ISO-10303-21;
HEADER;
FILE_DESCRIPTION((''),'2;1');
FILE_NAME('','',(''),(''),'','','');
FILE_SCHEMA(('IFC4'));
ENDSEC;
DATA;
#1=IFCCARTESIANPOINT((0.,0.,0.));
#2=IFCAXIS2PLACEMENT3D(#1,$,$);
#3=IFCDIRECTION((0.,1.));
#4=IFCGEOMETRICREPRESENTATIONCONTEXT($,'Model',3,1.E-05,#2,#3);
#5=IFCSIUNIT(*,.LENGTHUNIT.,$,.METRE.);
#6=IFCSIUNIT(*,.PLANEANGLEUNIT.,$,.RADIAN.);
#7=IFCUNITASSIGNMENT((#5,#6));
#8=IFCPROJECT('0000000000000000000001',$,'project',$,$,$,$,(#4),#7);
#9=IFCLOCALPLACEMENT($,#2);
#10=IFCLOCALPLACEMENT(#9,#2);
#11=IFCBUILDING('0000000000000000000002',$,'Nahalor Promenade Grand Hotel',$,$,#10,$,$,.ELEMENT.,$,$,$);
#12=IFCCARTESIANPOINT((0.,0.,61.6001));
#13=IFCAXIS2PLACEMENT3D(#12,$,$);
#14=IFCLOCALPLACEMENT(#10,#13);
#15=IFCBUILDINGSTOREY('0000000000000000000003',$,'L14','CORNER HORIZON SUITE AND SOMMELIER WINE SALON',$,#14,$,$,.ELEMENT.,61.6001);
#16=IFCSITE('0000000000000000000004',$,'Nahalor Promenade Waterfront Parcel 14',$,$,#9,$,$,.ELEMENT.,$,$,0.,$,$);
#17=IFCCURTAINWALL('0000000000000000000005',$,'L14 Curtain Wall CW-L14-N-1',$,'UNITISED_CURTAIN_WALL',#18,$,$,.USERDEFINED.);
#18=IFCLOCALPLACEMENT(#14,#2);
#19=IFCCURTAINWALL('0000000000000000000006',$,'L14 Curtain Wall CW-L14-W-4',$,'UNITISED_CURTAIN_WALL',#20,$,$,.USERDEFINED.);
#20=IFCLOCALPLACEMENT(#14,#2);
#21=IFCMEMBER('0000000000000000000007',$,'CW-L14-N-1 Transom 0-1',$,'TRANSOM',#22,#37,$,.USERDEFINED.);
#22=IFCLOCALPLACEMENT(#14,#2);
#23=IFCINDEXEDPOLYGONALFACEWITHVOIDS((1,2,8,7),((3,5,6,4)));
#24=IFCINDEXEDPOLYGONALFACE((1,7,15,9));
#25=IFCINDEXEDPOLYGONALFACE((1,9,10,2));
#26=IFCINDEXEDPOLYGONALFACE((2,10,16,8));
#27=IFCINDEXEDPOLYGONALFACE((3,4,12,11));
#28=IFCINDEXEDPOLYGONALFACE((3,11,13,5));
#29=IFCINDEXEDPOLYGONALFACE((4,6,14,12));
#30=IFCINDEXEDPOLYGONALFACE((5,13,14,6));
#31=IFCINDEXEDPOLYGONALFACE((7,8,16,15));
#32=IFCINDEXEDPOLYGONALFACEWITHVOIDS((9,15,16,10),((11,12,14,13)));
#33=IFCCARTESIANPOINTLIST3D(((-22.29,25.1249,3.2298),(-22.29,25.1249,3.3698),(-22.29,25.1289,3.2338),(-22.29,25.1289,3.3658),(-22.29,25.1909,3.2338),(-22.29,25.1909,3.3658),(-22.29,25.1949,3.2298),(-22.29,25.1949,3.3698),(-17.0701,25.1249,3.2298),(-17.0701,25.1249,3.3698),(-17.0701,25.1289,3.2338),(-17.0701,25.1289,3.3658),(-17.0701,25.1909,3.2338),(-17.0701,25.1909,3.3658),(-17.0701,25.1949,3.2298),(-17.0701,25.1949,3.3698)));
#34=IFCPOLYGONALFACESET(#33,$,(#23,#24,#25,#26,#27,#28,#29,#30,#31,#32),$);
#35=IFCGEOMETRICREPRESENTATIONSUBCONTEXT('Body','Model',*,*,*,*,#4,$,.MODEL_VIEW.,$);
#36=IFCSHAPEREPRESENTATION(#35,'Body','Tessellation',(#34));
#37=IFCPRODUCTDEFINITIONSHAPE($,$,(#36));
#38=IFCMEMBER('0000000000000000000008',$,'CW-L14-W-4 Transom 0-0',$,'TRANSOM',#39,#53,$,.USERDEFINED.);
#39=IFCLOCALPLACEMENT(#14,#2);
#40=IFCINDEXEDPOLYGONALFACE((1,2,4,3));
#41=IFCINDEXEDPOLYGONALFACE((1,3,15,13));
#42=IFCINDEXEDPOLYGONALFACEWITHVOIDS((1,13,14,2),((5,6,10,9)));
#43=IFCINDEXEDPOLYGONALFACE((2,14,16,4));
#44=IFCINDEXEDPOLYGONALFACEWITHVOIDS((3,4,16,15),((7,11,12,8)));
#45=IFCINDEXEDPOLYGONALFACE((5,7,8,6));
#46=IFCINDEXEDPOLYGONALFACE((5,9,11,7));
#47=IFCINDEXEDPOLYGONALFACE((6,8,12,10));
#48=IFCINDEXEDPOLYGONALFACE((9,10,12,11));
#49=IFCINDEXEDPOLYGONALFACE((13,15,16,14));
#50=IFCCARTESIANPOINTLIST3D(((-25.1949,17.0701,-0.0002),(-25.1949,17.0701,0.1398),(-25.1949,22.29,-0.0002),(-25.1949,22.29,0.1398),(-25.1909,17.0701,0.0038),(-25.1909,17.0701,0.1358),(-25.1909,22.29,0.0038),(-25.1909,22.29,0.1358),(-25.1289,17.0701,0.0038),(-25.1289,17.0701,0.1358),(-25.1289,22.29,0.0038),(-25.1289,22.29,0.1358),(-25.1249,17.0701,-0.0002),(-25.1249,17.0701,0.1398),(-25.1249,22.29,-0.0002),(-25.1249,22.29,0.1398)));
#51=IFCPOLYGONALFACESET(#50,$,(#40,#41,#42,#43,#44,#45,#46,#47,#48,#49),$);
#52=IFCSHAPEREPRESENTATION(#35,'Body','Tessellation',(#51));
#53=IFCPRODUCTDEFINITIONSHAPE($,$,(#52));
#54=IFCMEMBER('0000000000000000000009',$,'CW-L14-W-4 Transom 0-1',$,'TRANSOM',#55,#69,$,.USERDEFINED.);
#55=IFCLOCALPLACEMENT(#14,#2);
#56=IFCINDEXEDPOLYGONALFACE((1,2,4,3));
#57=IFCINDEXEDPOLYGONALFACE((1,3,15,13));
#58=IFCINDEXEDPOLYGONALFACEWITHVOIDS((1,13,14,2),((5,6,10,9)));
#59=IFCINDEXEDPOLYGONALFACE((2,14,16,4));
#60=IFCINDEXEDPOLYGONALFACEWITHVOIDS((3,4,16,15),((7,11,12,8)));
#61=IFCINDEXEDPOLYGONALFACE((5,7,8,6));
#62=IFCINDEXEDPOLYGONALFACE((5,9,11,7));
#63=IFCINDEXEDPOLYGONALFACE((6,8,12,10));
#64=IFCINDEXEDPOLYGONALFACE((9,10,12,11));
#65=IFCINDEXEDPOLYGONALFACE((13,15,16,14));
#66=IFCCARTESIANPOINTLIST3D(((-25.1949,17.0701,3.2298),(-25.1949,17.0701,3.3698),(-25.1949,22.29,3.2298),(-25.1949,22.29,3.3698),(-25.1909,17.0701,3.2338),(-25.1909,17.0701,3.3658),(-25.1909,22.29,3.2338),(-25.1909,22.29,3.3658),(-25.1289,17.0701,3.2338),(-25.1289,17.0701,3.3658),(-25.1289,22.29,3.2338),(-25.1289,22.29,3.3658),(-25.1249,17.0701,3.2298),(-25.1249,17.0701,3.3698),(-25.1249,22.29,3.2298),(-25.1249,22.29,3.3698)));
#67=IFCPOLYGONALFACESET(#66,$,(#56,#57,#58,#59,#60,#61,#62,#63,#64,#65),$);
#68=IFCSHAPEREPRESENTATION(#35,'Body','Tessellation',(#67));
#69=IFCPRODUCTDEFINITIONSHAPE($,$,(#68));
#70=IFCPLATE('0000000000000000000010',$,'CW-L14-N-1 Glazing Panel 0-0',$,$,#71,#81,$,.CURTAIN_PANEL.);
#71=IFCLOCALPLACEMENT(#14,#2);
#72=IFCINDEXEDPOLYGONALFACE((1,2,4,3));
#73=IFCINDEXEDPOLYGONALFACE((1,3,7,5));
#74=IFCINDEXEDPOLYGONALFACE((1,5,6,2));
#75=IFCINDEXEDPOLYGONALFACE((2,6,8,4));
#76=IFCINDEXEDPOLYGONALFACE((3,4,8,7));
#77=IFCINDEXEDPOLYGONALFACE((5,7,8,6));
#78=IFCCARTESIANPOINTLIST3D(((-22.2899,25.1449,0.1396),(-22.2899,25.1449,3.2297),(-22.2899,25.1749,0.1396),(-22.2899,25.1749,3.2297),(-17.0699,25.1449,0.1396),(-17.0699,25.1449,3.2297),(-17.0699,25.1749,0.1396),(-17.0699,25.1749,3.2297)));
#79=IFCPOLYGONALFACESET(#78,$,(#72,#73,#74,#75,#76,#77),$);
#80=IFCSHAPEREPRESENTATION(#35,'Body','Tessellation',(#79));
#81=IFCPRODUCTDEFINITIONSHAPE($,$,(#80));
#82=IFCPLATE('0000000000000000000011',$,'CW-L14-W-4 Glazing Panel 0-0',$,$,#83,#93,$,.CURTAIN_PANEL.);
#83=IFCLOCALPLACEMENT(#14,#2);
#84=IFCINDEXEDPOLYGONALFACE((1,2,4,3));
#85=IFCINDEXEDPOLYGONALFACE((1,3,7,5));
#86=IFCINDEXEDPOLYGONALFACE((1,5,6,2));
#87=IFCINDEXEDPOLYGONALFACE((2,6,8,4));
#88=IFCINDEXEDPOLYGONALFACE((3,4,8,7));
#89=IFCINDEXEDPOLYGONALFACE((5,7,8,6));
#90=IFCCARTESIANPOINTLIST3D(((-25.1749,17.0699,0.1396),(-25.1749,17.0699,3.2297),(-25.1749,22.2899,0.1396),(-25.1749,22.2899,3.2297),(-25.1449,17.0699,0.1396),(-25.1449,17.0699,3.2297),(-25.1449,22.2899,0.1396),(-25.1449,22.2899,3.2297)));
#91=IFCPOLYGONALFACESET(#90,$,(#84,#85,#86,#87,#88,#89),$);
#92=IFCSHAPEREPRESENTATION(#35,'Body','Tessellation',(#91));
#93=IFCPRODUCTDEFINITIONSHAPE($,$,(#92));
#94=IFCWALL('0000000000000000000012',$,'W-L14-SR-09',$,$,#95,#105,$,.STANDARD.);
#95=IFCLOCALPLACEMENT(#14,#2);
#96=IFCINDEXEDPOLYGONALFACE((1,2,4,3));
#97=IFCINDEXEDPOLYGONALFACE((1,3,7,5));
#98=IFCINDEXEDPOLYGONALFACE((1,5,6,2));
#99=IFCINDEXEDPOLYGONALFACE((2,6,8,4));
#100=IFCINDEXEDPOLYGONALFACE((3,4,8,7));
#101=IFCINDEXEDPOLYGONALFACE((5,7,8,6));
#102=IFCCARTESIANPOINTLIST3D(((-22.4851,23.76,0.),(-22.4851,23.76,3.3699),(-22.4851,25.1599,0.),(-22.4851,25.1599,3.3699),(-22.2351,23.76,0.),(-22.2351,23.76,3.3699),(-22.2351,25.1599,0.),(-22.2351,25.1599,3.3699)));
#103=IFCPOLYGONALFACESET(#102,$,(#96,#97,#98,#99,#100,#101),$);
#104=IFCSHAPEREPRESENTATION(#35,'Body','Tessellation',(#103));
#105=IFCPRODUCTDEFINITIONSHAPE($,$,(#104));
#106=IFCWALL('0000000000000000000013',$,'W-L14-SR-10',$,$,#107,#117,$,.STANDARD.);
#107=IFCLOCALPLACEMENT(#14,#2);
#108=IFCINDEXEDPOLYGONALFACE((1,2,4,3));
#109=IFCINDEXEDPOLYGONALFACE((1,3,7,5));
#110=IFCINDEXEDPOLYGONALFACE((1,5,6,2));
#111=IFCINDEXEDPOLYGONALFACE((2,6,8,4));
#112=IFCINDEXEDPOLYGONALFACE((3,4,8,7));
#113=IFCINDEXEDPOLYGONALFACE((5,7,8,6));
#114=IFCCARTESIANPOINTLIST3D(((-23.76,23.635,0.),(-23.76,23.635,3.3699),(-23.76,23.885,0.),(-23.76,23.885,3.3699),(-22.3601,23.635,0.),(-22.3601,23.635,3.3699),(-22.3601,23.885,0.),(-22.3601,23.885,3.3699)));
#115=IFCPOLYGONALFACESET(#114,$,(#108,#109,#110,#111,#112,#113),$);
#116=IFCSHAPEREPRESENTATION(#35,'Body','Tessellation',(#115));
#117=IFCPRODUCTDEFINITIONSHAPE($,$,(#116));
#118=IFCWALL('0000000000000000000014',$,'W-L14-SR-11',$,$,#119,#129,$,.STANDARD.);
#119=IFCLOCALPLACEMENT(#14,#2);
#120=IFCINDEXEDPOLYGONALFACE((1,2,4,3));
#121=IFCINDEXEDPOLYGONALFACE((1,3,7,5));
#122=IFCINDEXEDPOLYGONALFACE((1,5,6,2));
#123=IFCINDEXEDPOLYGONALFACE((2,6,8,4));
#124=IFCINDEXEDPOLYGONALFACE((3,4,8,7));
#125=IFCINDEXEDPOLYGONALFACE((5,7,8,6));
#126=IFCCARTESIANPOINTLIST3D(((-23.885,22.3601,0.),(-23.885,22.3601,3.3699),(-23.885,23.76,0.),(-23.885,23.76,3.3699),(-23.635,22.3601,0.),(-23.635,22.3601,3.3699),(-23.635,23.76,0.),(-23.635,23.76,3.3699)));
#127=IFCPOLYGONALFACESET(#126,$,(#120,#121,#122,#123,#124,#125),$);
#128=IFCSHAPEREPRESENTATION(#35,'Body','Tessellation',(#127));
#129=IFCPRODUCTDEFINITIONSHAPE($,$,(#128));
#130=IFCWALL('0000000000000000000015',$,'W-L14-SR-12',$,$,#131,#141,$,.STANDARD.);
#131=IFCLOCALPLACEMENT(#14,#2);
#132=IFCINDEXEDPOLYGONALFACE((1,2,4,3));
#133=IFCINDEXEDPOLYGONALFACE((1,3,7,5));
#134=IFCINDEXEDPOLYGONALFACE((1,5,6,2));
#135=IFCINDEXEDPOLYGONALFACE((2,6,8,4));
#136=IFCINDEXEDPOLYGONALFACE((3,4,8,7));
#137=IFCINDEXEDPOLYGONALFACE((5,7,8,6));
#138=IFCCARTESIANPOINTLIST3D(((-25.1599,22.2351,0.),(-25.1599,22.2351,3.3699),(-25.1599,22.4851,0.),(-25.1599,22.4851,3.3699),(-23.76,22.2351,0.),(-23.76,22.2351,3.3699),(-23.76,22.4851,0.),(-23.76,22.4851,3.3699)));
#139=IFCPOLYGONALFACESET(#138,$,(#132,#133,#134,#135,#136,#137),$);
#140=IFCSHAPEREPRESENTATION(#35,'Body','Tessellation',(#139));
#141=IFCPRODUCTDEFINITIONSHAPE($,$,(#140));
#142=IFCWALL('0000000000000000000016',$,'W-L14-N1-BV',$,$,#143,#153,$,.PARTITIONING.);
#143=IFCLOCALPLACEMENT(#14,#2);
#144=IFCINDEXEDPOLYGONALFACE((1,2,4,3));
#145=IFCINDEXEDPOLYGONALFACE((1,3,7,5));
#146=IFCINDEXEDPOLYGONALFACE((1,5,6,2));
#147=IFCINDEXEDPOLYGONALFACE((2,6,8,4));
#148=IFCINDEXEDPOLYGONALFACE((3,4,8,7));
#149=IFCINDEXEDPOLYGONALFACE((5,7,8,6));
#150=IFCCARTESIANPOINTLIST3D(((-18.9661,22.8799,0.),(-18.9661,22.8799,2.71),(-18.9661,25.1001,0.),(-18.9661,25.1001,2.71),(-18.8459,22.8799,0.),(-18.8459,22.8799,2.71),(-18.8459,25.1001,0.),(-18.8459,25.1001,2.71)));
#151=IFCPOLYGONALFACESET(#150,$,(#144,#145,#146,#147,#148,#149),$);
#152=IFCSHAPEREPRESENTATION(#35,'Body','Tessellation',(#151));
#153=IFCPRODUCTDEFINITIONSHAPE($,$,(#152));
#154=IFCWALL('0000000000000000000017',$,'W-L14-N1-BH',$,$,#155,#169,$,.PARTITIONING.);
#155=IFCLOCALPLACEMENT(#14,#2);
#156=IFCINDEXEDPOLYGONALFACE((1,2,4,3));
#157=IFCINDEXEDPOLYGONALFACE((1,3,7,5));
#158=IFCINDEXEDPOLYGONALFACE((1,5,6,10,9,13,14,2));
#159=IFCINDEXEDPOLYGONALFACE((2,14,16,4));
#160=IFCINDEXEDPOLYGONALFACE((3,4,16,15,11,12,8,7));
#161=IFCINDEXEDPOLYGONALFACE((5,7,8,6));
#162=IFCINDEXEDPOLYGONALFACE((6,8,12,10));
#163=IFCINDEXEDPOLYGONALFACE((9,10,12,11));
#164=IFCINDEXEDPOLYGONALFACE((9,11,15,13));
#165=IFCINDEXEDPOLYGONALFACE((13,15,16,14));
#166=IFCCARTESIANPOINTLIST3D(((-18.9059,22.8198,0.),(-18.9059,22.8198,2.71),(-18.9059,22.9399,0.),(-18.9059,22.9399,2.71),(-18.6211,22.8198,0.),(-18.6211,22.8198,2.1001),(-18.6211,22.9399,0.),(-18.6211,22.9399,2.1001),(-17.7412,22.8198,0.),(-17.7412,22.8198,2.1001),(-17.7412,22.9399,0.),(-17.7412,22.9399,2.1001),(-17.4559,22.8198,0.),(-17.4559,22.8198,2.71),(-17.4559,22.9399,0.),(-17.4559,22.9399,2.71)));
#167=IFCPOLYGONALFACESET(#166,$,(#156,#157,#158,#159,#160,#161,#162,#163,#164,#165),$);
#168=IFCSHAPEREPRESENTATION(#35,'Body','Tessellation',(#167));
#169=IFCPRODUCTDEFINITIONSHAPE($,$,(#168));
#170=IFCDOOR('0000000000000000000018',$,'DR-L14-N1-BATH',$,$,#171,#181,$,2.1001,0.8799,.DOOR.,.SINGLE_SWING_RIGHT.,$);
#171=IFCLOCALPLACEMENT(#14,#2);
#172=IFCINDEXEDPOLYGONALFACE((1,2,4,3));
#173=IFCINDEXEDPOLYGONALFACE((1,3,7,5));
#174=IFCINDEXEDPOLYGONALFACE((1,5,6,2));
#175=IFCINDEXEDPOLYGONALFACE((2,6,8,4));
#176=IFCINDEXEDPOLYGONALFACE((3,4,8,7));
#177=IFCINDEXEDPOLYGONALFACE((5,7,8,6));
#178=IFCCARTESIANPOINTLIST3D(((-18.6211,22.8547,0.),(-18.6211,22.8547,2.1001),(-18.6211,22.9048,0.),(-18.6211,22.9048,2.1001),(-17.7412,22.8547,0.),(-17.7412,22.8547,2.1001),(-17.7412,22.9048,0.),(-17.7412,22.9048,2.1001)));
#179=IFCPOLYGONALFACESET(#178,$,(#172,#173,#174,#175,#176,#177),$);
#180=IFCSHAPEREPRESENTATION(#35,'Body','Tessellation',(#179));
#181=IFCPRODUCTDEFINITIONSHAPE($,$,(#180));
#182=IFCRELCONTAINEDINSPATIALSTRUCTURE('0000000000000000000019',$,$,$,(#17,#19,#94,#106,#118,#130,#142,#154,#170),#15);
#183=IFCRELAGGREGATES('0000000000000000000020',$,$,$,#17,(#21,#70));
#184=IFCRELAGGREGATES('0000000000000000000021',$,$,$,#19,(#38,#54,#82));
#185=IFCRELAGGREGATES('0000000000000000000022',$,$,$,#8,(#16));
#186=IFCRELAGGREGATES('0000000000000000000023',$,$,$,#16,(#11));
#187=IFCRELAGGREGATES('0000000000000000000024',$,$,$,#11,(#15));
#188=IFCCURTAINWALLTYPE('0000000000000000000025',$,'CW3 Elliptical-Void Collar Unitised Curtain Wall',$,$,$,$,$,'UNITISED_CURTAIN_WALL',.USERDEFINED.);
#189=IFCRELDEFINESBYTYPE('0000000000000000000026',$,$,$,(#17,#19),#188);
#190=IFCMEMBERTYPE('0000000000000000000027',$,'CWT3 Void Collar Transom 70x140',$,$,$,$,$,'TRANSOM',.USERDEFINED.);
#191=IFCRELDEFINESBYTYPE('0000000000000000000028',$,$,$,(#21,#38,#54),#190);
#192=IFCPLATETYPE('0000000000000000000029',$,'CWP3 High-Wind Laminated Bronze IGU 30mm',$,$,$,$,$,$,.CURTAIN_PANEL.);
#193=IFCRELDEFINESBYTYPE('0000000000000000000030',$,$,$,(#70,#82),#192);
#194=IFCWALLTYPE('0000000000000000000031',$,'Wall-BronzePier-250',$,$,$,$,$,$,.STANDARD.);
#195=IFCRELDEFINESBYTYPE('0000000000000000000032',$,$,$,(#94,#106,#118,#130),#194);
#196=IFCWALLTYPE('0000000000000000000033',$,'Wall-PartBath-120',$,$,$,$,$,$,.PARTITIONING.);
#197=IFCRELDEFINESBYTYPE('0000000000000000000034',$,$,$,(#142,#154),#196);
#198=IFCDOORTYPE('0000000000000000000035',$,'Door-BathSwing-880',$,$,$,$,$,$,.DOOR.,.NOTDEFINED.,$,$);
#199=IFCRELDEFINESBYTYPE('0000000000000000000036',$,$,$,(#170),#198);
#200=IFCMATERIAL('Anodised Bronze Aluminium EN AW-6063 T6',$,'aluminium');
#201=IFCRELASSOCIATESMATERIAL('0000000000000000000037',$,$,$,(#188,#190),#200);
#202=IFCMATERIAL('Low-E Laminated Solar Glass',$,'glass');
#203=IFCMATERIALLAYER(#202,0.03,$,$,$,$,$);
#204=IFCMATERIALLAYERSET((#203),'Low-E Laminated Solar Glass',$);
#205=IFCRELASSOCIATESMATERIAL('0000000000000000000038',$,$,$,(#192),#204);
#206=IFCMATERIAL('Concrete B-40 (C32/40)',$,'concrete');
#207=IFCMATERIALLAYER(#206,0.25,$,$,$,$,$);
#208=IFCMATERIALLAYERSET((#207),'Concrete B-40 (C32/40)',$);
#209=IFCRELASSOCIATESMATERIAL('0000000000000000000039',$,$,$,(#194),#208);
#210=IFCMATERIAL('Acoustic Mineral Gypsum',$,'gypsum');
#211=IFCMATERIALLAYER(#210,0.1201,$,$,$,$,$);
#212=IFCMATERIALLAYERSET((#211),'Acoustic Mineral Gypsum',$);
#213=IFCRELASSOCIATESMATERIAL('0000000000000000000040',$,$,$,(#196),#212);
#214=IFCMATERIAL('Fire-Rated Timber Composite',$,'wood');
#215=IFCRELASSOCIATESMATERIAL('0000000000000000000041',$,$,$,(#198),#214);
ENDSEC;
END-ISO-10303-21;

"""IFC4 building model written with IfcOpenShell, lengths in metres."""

from ifc_helpers import new_model, si_unit, direction, frame, frame_2d, origin, origin_2d, place, context, subcontext, project, spatial, rectangle, hollow_rectangle, extrude, source, transform, mapped, material, layer, layer_set, material_profile, profile_set, type_object, element, fill, aggregate, save


model = new_model("IFC4")

# Units and contexts
model_context = context("Model", 3, precision=1e-05, world=origin(), true_north=direction((0.0, 1.0)))
body_context = subcontext(model_context, "Body", "Model", "MODEL_VIEW")
ifc_project = project(units=[si_unit("LENGTHUNIT", "METRE"), si_unit("PLANEANGLEUNIT", "RADIAN")], contexts=[model_context])

# Site, building, storey
site_placement = place(None, origin())
site = spatial("IfcSite", under=ifc_project, at=site_placement, Name="Nahalor Promenade Waterfront Parcel 14", CompositionType="ELEMENT", RefElevation=0.0)
building_placement = place(site_placement, origin())
building = spatial("IfcBuilding", under=site, at=building_placement, Name="Nahalor Promenade Grand Hotel", CompositionType="ELEMENT")
storey_placement = place(building_placement, frame((0.0, 0.0, 61.6001)))
storey = spatial("IfcBuildingStorey", under=building, at=storey_placement, Name="L14", Description="CORNER HORIZON SUITE AND SOMMELIER WINE SALON", CompositionType="ELEMENT", Elevation=61.6001)

# Curtain walls
ifc_material_1 = material(Name="Anodised Bronze Aluminium EN AW-6063 T6", Category="aluminium")
curtain_wall_type = type_object("IfcCurtainWallType", Name="CW3 Elliptical-Void Collar Unitised Curtain Wall", ElementType="UNITISED_CURTAIN_WALL", PredefinedType="USERDEFINED", material=ifc_material_1)
curtain_wall_1_placement = place(storey_placement, origin())
curtain_wall_1 = element("IfcCurtainWall", 1, at=curtain_wall_1_placement, inside=storey, type_object=curtain_wall_type, Name="L14 Curtain Wall CW-L14-N-1", ObjectType="UNITISED_CURTAIN_WALL", PredefinedType="USERDEFINED")
curtain_wall_2_placement = place(storey_placement, origin())
curtain_wall_2 = element("IfcCurtainWall", 2, at=curtain_wall_2_placement, inside=storey, type_object=curtain_wall_type, Name="L14 Curtain Wall CW-L14-W-4", ObjectType="UNITISED_CURTAIN_WALL", PredefinedType="USERDEFINED")

# Members
ifc_material_profile_1 = material_profile(ifc_material_1, hollow_rectangle(XDim=0.07, YDim=0.14, WallThickness=0.004, at=origin_2d()), Name="CWT 70x140x4")
ifc_profile_set_1 = profile_set([ifc_material_profile_1], Name="Anodised Bronze Aluminium EN AW-6063 T6")
member_type_1 = type_object("IfcMemberType", Name="CWT3 Void Collar Transom 70x140", ElementType="TRANSOM", PredefinedType="USERDEFINED", material=ifc_profile_set_1)
shared_shape_1 = source(origin(), body_context, "Body", "SweptSolid", [
    extrude(hollow_rectangle(XDim=0.07, YDim=0.14, WallThickness=0.004, at=origin_2d()), origin(), (0.0, 0.0, 1.0), 5.22),
])
member_1_placement = place(storey_placement, frame((-22.29, 25.1599, 3.2998), z_axis=(1.0, 0.0, 0.0), x_axis=(0.0, 1.0, 0.0)))
member_1 = element("IfcMember", 3, at=member_1_placement, type_object=member_type_1, Name="CW-L14-N-1 Transom 0-1", ObjectType="TRANSOM", PredefinedType="USERDEFINED", context=body_context, shape_type="MappedRepresentation", body=[
    mapped(shared_shape_1, transform((0.0, 0.0, 0.0), scale=1.0)),
])
member_2_placement = place(storey_placement, frame((-25.1599, 17.0701, 0.0698), z_axis=(0.0, 1.0, 0.0), x_axis=(-1.0, 0.0, 0.0)))
member_2 = element("IfcMember", 4, at=member_2_placement, type_object=member_type_1, Name="CW-L14-W-4 Transom 0-0", ObjectType="TRANSOM", PredefinedType="USERDEFINED", context=body_context, shape_type="MappedRepresentation", body=[
    mapped(shared_shape_1, transform((0.0, 0.0, 0.0), scale=1.0)),
])
member_3_placement = place(storey_placement, frame((-25.1599, 17.0701, 3.2998), z_axis=(0.0, 1.0, 0.0), x_axis=(-1.0, 0.0, 0.0)))
member_3 = element("IfcMember", 5, at=member_3_placement, type_object=member_type_1, Name="CW-L14-W-4 Transom 0-1", ObjectType="TRANSOM", PredefinedType="USERDEFINED", context=body_context, shape_type="MappedRepresentation", body=[
    mapped(shared_shape_1, transform((0.0, 0.0, 0.0), scale=1.0)),
])

# Plates
ifc_material_2 = material(Name="Low-E Laminated Solar Glass", Category="glass")
ifc_layer_1 = layer(ifc_material_2, 0.03)
ifc_layer_set_1 = layer_set([ifc_layer_1], Name="Low-E Laminated Solar Glass")
plate_type = type_object("IfcPlateType", Name="CWP3 High-Wind Laminated Bronze IGU 30mm", PredefinedType="CURTAIN_PANEL", material=ifc_layer_set_1)
shared_shape_2 = source(origin(), body_context, "Body", "SweptSolid", [
    extrude(rectangle(XDim=5.22, YDim=0.03, at=origin_2d()), origin(), (0.0, 0.0, 1.0), 3.0901),
])
plate_1_placement = place(storey_placement, frame((-19.6799, 25.1599, 0.1396), z_axis=(0.0, 0.0, 1.0), x_axis=(1.0, 0.0, 0.0)))
plate_1 = element("IfcPlate", 6, at=plate_1_placement, type_object=plate_type, Name="CW-L14-N-1 Glazing Panel 0-0", PredefinedType="CURTAIN_PANEL", context=body_context, shape_type="MappedRepresentation", body=[
    mapped(shared_shape_2, transform((0.0, 0.0, 0.0), scale=1.0)),
])
aggregate(curtain_wall_1, [member_1, plate_1])
plate_2_placement = place(storey_placement, frame((-25.1599, 19.6799, 0.1396), z_axis=(0.0, 0.0, 1.0), x_axis=(0.0, 1.0, 0.0)))
plate_2 = element("IfcPlate", 7, at=plate_2_placement, type_object=plate_type, Name="CW-L14-W-4 Glazing Panel 0-0", PredefinedType="CURTAIN_PANEL", context=body_context, shape_type="MappedRepresentation", body=[
    mapped(shared_shape_2, transform((0.0, 0.0, 0.0), scale=1.0)),
])
aggregate(curtain_wall_2, [member_2, member_3, plate_2])

# Walls
ifc_material_3 = material(Name="Concrete B-40 (C32/40)", Category="concrete")
ifc_layer_2 = layer(ifc_material_3, 0.25)
ifc_layer_set_2 = layer_set([ifc_layer_2], Name="Concrete B-40 (C32/40)")
wall_type_1 = type_object("IfcWallType", Name="Wall-BronzePier-250", PredefinedType="STANDARD", material=ifc_layer_set_2)
shared_shape_3 = source(origin(), body_context, "Body", "SweptSolid", [
    extrude(rectangle(XDim=1.3999, YDim=0.25, at=frame_2d((0.7, 0.0))), origin(), (0.0, 0.0, 1.0), 3.3699),
])
for number, where, z_axis, x_axis, name in (
    (8, (-22.3601, 23.76, 0.0), (0.0, 0.0, 1.0), (0.0, 1.0, 0.0), "W-L14-SR-09"),
    (9, (-23.76, 23.76, 0.0), (0.0, 0.0, 1.0), (1.0, 0.0, 0.0), "W-L14-SR-10"),
    (10, (-23.76, 22.3601, 0.0), (0.0, 0.0, 1.0), (0.0, 1.0, 0.0), "W-L14-SR-11"),
    (11, (-25.1599, 22.3601, 0.0), (0.0, 0.0, 1.0), (1.0, 0.0, 0.0), "W-L14-SR-12"),
):
    element("IfcWall", number, at=place(storey_placement, frame(where, z_axis=z_axis, x_axis=x_axis)), inside=storey, type_object=wall_type_1, Name=name, PredefinedType="STANDARD", context=body_context, shape_type="MappedRepresentation", body=[
        mapped(shared_shape_3, transform((0.0, 0.0, 0.0), scale=1.0)),
    ])
ifc_material_4 = material(Name="Acoustic Mineral Gypsum", Category="gypsum")
ifc_layer_3 = layer(ifc_material_4, 0.1201)
ifc_layer_set_3 = layer_set([ifc_layer_3], Name="Acoustic Mineral Gypsum")
wall_type_2 = type_object("IfcWallType", Name="Wall-PartBath-120", PredefinedType="PARTITIONING", material=ifc_layer_set_3)
shared_shape_4 = source(origin(), body_context, "Body", "SweptSolid", [
    extrude(rectangle(XDim=2.2202, YDim=0.1201, at=frame_2d((1.1101, 0.0))), origin(), (0.0, 0.0, 1.0), 2.71),
])
wall_1_placement = place(storey_placement, frame((-18.906, 22.8799, 0.0), z_axis=(0.0, 0.0, 1.0), x_axis=(0.0, 1.0, 0.0)))
element("IfcWall", 12, at=wall_1_placement, inside=storey, type_object=wall_type_2, Name="W-L14-N1-BV", PredefinedType="PARTITIONING", context=body_context, shape_type="MappedRepresentation", body=[
    mapped(shared_shape_4, transform((0.0, 0.0, 0.0), scale=1.0)),
])

# Wall, opening, door
shared_shape_5 = source(origin(), body_context, "Body", "SweptSolid", [
    extrude(rectangle(XDim=1.45, YDim=0.1201, at=frame_2d((0.7251, 0.0))), origin(), (0.0, 0.0, 1.0), 2.71),
])
wall_2_placement = place(storey_placement, frame((-18.906, 22.8799, 0.0), z_axis=(0.0, 0.0, 1.0), x_axis=(1.0, 0.0, 0.0)))
wall_2 = element("IfcWall", 13, at=wall_2_placement, inside=storey, type_object=wall_type_2, Name="W-L14-N1-BH", PredefinedType="PARTITIONING", context=body_context, shape_type="MappedRepresentation", body=[
    mapped(shared_shape_5, transform((0.0, 0.0, 0.0), scale=1.0)),
])
opening_placement = place(wall_2_placement, frame((0.2849, 0.0, 0.0)))
opening = element("IfcOpeningElement", 14, at=opening_placement, cuts=wall_2, PredefinedType="OPENING", context=body_context, shape_type="SweptSolid", body=[
    extrude(rectangle(XDim=0.8799, YDim=2.1001, at=frame_2d((0.4399, 1.05))), frame((0.0, 0.0701, 0.0), z_axis=(0.0, -1.0, 0.0), x_axis=(1.0, 0.0, 0.0)), (0.0, 0.0, 1.0), 0.1401),
])
ifc_material_5 = material(Name="Fire-Rated Timber Composite", Category="wood")
door_type = type_object("IfcDoorType", Name="Door-BathSwing-880", OperationType="NOTDEFINED", PredefinedType="DOOR", material=ifc_material_5)
shared_shape_6 = source(origin(), body_context, "Body", "SweptSolid", [
    extrude(rectangle(XDim=0.8799, YDim=2.1001, at=frame_2d((0.4399, 1.05))), frame((0.0, 0.0249, 0.0), z_axis=(0.0, -1.0, 0.0), x_axis=(1.0, 0.0, 0.0)), (0.0, 0.0, 1.0), 0.05),
])
door_placement = place(opening_placement, origin())
door = element("IfcDoor", 15, at=door_placement, inside=storey, type_object=door_type, Name="DR-L14-N1-BATH", OperationType="SINGLE_SWING_RIGHT", OverallHeight=2.1001, OverallWidth=0.8799, PredefinedType="DOOR", context=body_context, shape_type="MappedRepresentation", body=[
    mapped(shared_shape_6, transform((0.0, 0.0, 0.0), scale=1.0)),
])
fill(opening, door)

save(model, "model.ifc")
